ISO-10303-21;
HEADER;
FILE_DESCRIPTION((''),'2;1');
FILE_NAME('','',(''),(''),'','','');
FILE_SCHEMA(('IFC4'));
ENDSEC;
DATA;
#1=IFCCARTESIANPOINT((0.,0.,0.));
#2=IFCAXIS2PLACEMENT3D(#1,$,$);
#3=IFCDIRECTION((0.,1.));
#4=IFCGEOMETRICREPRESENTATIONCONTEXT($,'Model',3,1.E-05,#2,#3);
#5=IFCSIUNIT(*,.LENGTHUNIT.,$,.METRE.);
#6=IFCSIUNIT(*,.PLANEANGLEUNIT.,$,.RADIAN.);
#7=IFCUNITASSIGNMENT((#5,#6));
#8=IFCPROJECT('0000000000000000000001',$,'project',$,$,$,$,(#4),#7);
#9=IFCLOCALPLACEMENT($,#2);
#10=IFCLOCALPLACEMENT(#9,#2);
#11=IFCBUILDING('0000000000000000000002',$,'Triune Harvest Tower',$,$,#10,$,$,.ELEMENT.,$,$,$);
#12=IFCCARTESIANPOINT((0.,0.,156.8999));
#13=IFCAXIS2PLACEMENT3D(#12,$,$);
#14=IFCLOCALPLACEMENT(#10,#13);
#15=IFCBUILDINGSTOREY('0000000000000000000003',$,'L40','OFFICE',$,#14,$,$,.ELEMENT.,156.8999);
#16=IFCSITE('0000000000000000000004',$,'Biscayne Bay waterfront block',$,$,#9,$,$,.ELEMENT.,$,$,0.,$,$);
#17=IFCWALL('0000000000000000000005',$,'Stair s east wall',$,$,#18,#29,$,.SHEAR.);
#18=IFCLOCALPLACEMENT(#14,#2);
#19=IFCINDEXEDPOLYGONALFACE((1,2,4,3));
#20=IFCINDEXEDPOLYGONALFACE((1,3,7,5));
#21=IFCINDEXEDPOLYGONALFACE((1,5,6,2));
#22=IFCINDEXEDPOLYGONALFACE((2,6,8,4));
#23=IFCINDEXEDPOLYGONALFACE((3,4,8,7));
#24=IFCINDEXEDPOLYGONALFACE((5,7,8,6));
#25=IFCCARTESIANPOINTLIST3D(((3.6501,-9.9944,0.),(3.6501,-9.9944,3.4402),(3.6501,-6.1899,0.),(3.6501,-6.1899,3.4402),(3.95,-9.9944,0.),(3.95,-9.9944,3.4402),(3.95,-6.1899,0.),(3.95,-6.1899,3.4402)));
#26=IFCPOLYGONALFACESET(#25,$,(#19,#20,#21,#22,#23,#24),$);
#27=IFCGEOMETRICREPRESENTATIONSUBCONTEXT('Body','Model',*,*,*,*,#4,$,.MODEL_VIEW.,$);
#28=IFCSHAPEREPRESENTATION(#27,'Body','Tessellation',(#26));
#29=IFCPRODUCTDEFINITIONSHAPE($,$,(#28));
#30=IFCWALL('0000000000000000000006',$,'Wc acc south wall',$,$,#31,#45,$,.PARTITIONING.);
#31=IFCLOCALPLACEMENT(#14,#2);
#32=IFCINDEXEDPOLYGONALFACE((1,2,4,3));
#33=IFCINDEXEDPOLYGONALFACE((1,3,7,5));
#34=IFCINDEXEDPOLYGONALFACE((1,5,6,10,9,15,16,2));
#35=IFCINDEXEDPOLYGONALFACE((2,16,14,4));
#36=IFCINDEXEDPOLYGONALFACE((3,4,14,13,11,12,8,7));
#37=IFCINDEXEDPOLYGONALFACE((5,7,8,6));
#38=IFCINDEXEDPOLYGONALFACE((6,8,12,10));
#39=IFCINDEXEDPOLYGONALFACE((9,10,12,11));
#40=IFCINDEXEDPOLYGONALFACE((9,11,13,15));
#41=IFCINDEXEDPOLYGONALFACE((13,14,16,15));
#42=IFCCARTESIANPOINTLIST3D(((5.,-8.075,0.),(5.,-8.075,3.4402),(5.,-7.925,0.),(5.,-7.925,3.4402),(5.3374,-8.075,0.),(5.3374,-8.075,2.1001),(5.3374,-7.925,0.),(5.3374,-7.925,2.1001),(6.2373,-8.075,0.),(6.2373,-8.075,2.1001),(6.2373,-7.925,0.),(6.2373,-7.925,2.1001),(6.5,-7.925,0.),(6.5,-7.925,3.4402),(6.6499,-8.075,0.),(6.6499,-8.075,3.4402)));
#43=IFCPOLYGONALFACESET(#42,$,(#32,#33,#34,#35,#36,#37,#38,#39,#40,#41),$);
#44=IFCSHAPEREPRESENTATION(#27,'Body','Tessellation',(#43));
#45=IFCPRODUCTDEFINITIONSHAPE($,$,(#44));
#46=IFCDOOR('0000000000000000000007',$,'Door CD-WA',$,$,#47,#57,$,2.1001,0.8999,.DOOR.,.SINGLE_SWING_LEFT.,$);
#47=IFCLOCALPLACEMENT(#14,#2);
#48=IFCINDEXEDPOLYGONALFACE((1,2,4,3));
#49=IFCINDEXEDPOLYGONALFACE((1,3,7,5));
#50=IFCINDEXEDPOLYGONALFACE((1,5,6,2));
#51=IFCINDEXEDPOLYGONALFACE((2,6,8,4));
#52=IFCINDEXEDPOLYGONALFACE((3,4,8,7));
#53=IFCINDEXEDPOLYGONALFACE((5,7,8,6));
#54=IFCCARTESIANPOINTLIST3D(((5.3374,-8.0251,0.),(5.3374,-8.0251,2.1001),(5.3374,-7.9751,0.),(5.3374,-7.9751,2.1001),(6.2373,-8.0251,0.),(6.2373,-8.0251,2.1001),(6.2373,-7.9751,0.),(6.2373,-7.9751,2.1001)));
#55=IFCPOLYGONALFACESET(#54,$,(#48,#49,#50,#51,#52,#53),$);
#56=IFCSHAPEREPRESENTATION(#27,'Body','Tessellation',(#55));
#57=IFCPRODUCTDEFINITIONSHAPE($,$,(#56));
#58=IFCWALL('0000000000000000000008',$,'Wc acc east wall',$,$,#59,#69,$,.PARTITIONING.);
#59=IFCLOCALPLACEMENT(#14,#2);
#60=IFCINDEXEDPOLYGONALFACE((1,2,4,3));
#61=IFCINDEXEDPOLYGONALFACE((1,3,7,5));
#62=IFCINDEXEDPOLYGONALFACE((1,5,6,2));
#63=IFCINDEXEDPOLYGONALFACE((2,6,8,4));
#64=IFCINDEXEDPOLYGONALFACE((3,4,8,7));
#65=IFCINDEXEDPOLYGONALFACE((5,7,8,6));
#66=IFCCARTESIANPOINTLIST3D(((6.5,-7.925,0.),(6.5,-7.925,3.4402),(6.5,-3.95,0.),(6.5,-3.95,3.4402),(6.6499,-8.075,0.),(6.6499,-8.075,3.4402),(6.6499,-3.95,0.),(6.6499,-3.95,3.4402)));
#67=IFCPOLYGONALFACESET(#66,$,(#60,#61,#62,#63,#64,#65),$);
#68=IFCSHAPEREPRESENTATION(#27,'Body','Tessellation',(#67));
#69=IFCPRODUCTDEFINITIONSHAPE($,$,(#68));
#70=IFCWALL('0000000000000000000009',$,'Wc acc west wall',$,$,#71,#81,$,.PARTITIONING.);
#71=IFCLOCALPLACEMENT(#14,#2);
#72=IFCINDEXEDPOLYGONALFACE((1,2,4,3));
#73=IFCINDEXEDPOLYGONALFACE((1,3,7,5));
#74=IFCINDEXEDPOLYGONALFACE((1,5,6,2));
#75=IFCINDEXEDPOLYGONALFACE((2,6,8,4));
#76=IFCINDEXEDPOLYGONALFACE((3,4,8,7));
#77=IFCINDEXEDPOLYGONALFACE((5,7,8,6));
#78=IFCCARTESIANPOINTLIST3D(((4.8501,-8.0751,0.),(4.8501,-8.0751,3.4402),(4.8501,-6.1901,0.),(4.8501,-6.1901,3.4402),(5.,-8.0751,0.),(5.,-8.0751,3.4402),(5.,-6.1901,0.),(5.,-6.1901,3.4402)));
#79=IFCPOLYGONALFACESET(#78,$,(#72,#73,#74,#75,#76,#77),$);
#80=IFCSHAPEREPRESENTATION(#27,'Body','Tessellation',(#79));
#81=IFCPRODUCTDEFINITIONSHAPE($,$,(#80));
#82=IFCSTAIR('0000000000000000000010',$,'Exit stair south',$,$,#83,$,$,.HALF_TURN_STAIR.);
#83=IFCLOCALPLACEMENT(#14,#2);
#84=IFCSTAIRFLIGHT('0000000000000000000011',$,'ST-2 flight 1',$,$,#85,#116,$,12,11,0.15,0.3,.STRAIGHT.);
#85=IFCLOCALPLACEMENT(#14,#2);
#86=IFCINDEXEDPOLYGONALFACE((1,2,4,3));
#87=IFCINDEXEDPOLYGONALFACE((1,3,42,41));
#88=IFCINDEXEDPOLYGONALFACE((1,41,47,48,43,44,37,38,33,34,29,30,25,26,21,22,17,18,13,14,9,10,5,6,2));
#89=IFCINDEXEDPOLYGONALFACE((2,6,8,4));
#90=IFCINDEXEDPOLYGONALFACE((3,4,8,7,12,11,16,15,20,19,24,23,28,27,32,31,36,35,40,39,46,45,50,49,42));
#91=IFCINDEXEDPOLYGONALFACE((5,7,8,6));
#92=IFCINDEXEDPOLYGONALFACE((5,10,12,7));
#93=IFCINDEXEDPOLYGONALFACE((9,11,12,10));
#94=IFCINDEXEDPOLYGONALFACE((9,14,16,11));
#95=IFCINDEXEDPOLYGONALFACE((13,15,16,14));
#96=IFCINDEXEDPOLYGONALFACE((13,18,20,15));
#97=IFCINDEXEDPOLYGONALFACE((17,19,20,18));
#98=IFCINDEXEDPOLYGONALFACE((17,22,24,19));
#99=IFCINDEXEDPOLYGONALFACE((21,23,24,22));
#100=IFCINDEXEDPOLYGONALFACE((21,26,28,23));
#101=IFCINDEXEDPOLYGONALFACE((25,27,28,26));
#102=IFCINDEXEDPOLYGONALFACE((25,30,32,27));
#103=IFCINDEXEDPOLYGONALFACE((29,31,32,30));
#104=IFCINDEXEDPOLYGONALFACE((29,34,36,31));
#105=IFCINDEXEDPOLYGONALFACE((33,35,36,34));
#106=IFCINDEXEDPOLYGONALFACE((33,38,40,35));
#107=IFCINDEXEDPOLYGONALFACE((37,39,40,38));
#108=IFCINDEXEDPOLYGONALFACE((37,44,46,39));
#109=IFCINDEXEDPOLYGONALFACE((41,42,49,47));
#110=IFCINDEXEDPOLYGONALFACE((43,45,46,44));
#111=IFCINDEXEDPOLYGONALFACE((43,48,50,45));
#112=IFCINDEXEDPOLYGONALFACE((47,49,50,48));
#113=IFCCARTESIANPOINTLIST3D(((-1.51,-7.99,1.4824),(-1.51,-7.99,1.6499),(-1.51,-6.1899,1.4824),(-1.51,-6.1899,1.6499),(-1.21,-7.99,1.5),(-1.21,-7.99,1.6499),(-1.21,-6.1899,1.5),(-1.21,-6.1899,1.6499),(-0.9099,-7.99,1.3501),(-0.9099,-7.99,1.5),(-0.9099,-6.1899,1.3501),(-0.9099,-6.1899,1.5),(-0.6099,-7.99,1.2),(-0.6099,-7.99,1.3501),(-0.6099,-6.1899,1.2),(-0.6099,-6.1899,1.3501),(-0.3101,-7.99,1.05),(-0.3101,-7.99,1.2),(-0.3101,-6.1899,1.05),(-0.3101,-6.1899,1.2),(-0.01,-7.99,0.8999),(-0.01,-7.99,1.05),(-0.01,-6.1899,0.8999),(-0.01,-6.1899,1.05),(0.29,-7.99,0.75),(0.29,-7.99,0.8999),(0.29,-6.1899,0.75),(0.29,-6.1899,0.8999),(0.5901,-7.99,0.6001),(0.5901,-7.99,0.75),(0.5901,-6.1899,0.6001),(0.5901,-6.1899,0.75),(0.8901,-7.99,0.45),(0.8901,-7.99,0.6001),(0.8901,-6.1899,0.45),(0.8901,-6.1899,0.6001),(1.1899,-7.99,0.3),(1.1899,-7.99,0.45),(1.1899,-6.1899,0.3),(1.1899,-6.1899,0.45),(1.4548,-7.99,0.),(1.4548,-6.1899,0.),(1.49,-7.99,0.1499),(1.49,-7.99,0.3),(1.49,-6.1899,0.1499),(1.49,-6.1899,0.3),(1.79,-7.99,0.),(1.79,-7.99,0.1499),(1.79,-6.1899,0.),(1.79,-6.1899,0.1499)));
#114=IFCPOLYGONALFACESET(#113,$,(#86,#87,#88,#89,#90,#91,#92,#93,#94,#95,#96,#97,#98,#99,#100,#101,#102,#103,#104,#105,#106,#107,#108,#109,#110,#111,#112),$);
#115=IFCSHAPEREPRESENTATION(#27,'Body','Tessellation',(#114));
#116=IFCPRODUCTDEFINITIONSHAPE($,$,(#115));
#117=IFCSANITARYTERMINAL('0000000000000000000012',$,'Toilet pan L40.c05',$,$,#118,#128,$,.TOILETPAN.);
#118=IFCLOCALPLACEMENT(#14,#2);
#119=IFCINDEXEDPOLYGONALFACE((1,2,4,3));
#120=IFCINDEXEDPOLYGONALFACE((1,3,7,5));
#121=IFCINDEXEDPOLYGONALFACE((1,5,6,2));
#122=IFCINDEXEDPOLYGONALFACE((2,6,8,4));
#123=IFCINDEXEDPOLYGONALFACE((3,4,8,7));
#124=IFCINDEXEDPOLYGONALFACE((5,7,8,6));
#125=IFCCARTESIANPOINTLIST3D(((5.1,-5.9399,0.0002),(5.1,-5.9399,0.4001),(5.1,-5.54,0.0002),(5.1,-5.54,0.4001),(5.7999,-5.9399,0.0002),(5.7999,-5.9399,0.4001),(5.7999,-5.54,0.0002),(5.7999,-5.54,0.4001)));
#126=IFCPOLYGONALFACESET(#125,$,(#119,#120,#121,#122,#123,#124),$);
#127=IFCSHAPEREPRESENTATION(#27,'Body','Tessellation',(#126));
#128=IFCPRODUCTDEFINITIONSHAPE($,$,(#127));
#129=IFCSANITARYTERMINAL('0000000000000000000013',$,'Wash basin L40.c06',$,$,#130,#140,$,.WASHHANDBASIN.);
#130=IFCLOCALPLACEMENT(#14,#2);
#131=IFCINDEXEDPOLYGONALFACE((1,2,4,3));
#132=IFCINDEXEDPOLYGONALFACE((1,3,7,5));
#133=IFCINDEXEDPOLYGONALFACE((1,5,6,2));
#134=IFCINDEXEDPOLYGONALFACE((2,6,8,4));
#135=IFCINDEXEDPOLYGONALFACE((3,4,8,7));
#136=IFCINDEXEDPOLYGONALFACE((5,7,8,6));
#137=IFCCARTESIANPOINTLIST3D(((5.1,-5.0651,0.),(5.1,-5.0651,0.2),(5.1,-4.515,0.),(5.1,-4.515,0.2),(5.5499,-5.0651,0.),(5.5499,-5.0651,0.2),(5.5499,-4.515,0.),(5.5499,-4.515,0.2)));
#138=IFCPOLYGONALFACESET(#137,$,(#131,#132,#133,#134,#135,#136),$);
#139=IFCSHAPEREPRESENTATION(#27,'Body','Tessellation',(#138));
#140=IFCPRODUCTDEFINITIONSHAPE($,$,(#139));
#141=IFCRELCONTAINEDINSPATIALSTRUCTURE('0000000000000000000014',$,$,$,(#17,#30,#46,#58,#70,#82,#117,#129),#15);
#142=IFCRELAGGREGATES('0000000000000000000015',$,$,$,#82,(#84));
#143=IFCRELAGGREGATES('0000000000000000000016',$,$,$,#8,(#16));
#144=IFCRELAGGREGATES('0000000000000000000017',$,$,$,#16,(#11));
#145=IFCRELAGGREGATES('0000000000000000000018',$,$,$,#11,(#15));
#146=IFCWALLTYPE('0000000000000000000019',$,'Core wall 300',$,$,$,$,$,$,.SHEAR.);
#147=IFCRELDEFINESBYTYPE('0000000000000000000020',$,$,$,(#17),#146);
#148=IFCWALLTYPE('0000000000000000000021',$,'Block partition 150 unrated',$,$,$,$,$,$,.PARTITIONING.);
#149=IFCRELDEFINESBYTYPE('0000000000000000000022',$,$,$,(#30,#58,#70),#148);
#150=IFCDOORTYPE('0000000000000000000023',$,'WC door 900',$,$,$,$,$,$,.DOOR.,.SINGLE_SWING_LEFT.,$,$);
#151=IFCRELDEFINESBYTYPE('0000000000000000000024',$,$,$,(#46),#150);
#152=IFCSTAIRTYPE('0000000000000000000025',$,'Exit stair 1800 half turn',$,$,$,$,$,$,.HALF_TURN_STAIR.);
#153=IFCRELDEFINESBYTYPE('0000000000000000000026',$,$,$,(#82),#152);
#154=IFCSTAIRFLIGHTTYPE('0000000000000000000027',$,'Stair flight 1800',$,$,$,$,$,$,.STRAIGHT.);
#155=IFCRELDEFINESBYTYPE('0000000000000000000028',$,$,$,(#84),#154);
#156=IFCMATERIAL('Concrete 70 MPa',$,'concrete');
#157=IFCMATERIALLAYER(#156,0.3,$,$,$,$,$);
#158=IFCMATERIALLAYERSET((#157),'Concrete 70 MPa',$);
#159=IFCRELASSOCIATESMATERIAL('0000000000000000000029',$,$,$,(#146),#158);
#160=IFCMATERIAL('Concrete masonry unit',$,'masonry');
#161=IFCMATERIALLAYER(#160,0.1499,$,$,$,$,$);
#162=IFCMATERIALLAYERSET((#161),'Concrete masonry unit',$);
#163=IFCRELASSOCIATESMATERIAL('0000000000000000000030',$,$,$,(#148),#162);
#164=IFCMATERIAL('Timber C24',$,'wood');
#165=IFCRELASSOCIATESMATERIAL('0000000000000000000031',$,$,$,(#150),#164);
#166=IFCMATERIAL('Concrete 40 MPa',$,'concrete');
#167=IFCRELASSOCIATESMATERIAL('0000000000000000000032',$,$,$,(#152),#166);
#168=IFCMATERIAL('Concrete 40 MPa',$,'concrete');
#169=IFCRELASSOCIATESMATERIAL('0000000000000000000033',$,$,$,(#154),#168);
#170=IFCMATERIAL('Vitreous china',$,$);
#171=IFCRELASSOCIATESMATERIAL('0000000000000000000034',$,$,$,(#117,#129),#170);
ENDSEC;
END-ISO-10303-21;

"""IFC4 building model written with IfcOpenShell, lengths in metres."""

from ifc_helpers import new_model, si_unit, direction, frame, frame_2d, origin, origin_2d, place, context, subcontext, project, spatial, polyline, rectangle, outline, extrude, source, transform, mapped, material, layer, layer_set, type_object, element, fill, aggregate, save


model = new_model("IFC4")

# Units and contexts
model_context = context("Model", 3, precision=1e-05, world=origin(), true_north=direction((0.0, 1.0)))
body_context = subcontext(model_context, "Body", "Model", "MODEL_VIEW")
ifc_project = project(units=[si_unit("LENGTHUNIT", "METRE"), si_unit("PLANEANGLEUNIT", "RADIAN")], contexts=[model_context])

# Site, building, storey
site_placement = place(None, origin())
site = spatial("IfcSite", under=ifc_project, at=site_placement, Name="Biscayne Bay waterfront block", CompositionType="ELEMENT", RefElevation=0.0)
building_placement = place(site_placement, origin())
building = spatial("IfcBuilding", under=site, at=building_placement, Name="Triune Harvest Tower", CompositionType="ELEMENT")
storey_placement = place(building_placement, frame((0.0, 0.0, 156.8999)))
storey = spatial("IfcBuildingStorey", under=building, at=storey_placement, Name="L40", Description="OFFICE", CompositionType="ELEMENT", Elevation=156.8999)

# Shared definitions
ifc_material_1 = material(Name="Concrete 70 MPa", Category="concrete")
ifc_layer_1 = layer(ifc_material_1, 0.3)
ifc_layer_set_1 = layer_set([ifc_layer_1], Name="Concrete 70 MPa")
wall_type_1 = type_object("IfcWallType", Name="Core wall 300", PredefinedType="SHEAR", material=ifc_layer_set_1)

# Wall
shared_shape_1 = source(origin(), body_context, "Body", "SweptSolid", [
    extrude(outline(polyline([(3.8, -0.1499), (-0.0044, -0.1499), (-0.0044, 0.1499), (3.8, 0.1499), (3.8, -0.1499)])), origin(), (0.0, 0.0, 1.0), 3.4402),
])
wall_1_placement = place(storey_placement, frame((3.8, -9.99, 0.0), z_axis=(0.0, 0.0, 1.0), x_axis=(0.0, 1.0, 0.0)))
element("IfcWall", 1, at=wall_1_placement, inside=storey, type_object=wall_type_1, Name="Stair s east wall", PredefinedType="SHEAR", context=body_context, shape_type="MappedRepresentation", body=[
    mapped(shared_shape_1, transform((0.0, 0.0, 0.0), scale=1.0)),
])

# Wall, opening, door
ifc_material_2 = material(Name="Concrete masonry unit", Category="masonry")
ifc_layer_2 = layer(ifc_material_2, 0.1499)
ifc_layer_set_2 = layer_set([ifc_layer_2], Name="Concrete masonry unit")
wall_type_2 = type_object("IfcWallType", Name="Block partition 150 unrated", PredefinedType="PARTITIONING", material=ifc_layer_set_2)
shared_shape_2 = source(origin(), body_context, "Body", "SweptSolid", [
    extrude(outline(polyline([(0.0, -0.075), (1.6499, -0.075), (1.5, 0.075), (0.0, 0.075), (0.0, -0.075)])), origin(), (0.0, 0.0, 1.0), 3.4402),
])
wall_2_placement = place(storey_placement, frame((5.0, -8.0, 0.0), z_axis=(0.0, 0.0, 1.0), x_axis=(1.0, 0.0, 0.0)))
wall_2 = element("IfcWall", 2, at=wall_2_placement, inside=storey, type_object=wall_type_2, Name="Wc acc south wall", PredefinedType="PARTITIONING", context=body_context, shape_type="MappedRepresentation", body=[
    mapped(shared_shape_2, transform((0.0, 0.0, 0.0), scale=1.0)),
])
opening_1_placement = place(wall_2_placement, frame((0.3374, 0.0, 0.0)))
opening_1 = element("IfcOpeningElement", 3, at=opening_1_placement, cuts=wall_2, PredefinedType="OPENING", context=body_context, shape_type="SweptSolid", body=[
    extrude(rectangle(XDim=0.8999, YDim=2.1001, at=frame_2d((0.45, 1.05))), frame((0.0, 0.085, 0.0), z_axis=(0.0, -1.0, 0.0), x_axis=(1.0, 0.0, 0.0)), (0.0, 0.0, 1.0), 0.1699),
])
ifc_material_3 = material(Name="Timber C24", Category="wood")
door_type_1 = type_object("IfcDoorType", Name="WC door 900", OperationType="SINGLE_SWING_LEFT", PredefinedType="DOOR", material=ifc_material_3)
door_1_placement = place(opening_1_placement, origin())
door_1 = element("IfcDoor", 4, at=door_1_placement, inside=storey, type_object=door_type_1, Name="Door CD-WA", OperationType="SINGLE_SWING_LEFT", OverallHeight=2.1001, OverallWidth=0.8999, PredefinedType="DOOR", context=body_context, shape_type="SweptSolid", body=[
    extrude(rectangle(XDim=0.8999, YDim=2.1001, at=frame_2d((0.45, 1.05))), frame((0.0, 0.0249, 0.0), z_axis=(0.0, -1.0, 0.0), x_axis=(1.0, 0.0, 0.0)), (0.0, 0.0, 1.0), 0.05),
])
fill(opening_1, door_1)

# Walls
shared_shape_3 = source(origin(), body_context, "Body", "SweptSolid", [
    extrude(outline(polyline([(-0.075, -0.075), (4.05, -0.075), (4.05, 0.075), (0.075, 0.075), (-0.075, -0.075)])), origin(), (0.0, 0.0, 1.0), 3.4402),
])
wall_3_placement = place(storey_placement, frame((6.575, -8.0, 0.0), z_axis=(0.0, 0.0, 1.0), x_axis=(0.0, 1.0, 0.0)))
element("IfcWall", 5, at=wall_3_placement, inside=storey, type_object=wall_type_2, Name="Wc acc east wall", PredefinedType="PARTITIONING", context=body_context, shape_type="MappedRepresentation", body=[
    mapped(shared_shape_3, transform((0.0, 0.0, 0.0), scale=1.0)),
])
shared_shape_4 = source(origin(), body_context, "Body", "SweptSolid", [
    extrude(rectangle(XDim=1.885, YDim=0.1499, at=frame_2d((0.9424, 0.0))), origin(), (0.0, 0.0, 1.0), 3.4402),
])
wall_4_placement = place(storey_placement, frame((4.925, -8.075, 0.0), z_axis=(0.0, 0.0, 1.0), x_axis=(0.0, 1.0, 0.0)))
element("IfcWall", 6, at=wall_4_placement, inside=storey, type_object=wall_type_2, Name="Wc acc west wall", PredefinedType="PARTITIONING", context=body_context, shape_type="MappedRepresentation", body=[
    mapped(shared_shape_4, transform((0.0, 0.0, 0.0), scale=1.0)),
])

# Stair, stair flight
ifc_material_4 = material(Name="Concrete 40 MPa", Category="concrete")
stair_type = type_object("IfcStairType", Name="Exit stair 1800 half turn", PredefinedType="HALF_TURN_STAIR", material=ifc_material_4)
stair_placement = place(storey_placement, origin())
stair = element("IfcStair", 7, at=stair_placement, inside=storey, type_object=stair_type, Name="Exit stair south", PredefinedType="HALF_TURN_STAIR")
ifc_material_5 = material(Name="Concrete 40 MPa", Category="concrete")
stair_flight_type = type_object("IfcStairFlightType", Name="Stair flight 1800", PredefinedType="STRAIGHT", material=ifc_material_5)
shared_shape_5 = source(origin(), body_context, "Body", "SweptSolid", [
    extrude(outline(polyline([(0.0, 0.0), (0.0, 0.1499), (0.3, 0.1499), (0.3, 0.3), (0.6001, 0.3), (0.6001, 0.45), (0.8999, 0.45), (0.8999, 0.6001), (1.2, 0.6001), (1.2, 0.75), (1.5, 0.75), (1.5, 0.8999), (1.8, 0.8999), (1.8, 1.05), (2.1001, 1.05), (2.1001, 1.2), (2.3999, 1.2), (2.3999, 1.3501), (2.7, 1.3501), (2.7, 1.5), (3.0, 1.5), (3.0, 1.6499), (3.3, 1.6499), (3.3, 1.8), (3.3, 1.4824), (0.3352, 0.0), (0.0, 0.0)])), frame((0.0, 0.8999, 0.0), z_axis=(0.0, -1.0, 0.0), x_axis=(1.0, 0.0, 0.0)), (0.0, 0.0, 1.0), 1.8),
])
stair_flight_placement = place(storey_placement, frame((1.79, -7.0901, 0.0), z_axis=(0.0, 0.0, 1.0), x_axis=(-1.0, 0.0, 0.0)))
stair_flight = element("IfcStairFlight", 8, at=stair_flight_placement, type_object=stair_flight_type, Name="ST-2 flight 1", NumberOfRisers=12, NumberOfTreads=11, PredefinedType="STRAIGHT", RiserHeight=0.15, TreadLength=0.3, context=body_context, shape_type="MappedRepresentation", body=[
    mapped(shared_shape_5, transform((0.0, 0.0, 0.0), scale=1.0)),
])
aggregate(stair, [stair_flight])

# Sanitary terminals
ifc_material_6 = material(Name="Vitreous china")
shared_shape_6 = source(origin(), body_context, "Body", "SweptSolid", [
    extrude(rectangle(XDim=0.3999, YDim=0.7, at=origin_2d()), origin(), (0.0, 0.0, 1.0), 0.3999),
])
sanitary_terminal_1_placement = place(storey_placement, frame((5.45, -5.74, 0.0002), z_axis=(0.0, 0.0, 1.0), x_axis=(0.0, 1.0, 0.0)))
element("IfcSanitaryTerminal", 9, at=sanitary_terminal_1_placement, inside=storey, material=ifc_material_6, Name="Toilet pan L40.c05", PredefinedType="TOILETPAN", context=body_context, shape_type="MappedRepresentation", body=[
    mapped(shared_shape_6, transform((0.0, 0.0, 0.0), scale=1.0)),
])
shared_shape_7 = source(origin(), body_context, "Body", "SweptSolid", [
    extrude(rectangle(XDim=0.55, YDim=0.45, at=origin_2d()), origin(), (0.0, 0.0, 1.0), 0.2),
])
sanitary_terminal_2_placement = place(storey_placement, frame((5.325, -4.79, 0.0), z_axis=(0.0, 0.0, 1.0), x_axis=(0.0, 1.0, 0.0)))
element("IfcSanitaryTerminal", 10, at=sanitary_terminal_2_placement, inside=storey, material=ifc_material_6, Name="Wash basin L40.c06", PredefinedType="WASHHANDBASIN", context=body_context, shape_type="MappedRepresentation", body=[
    mapped(shared_shape_7, transform((0.0, 0.0, 0.0), scale=1.0)),
])

save(model, "model.ifc")
